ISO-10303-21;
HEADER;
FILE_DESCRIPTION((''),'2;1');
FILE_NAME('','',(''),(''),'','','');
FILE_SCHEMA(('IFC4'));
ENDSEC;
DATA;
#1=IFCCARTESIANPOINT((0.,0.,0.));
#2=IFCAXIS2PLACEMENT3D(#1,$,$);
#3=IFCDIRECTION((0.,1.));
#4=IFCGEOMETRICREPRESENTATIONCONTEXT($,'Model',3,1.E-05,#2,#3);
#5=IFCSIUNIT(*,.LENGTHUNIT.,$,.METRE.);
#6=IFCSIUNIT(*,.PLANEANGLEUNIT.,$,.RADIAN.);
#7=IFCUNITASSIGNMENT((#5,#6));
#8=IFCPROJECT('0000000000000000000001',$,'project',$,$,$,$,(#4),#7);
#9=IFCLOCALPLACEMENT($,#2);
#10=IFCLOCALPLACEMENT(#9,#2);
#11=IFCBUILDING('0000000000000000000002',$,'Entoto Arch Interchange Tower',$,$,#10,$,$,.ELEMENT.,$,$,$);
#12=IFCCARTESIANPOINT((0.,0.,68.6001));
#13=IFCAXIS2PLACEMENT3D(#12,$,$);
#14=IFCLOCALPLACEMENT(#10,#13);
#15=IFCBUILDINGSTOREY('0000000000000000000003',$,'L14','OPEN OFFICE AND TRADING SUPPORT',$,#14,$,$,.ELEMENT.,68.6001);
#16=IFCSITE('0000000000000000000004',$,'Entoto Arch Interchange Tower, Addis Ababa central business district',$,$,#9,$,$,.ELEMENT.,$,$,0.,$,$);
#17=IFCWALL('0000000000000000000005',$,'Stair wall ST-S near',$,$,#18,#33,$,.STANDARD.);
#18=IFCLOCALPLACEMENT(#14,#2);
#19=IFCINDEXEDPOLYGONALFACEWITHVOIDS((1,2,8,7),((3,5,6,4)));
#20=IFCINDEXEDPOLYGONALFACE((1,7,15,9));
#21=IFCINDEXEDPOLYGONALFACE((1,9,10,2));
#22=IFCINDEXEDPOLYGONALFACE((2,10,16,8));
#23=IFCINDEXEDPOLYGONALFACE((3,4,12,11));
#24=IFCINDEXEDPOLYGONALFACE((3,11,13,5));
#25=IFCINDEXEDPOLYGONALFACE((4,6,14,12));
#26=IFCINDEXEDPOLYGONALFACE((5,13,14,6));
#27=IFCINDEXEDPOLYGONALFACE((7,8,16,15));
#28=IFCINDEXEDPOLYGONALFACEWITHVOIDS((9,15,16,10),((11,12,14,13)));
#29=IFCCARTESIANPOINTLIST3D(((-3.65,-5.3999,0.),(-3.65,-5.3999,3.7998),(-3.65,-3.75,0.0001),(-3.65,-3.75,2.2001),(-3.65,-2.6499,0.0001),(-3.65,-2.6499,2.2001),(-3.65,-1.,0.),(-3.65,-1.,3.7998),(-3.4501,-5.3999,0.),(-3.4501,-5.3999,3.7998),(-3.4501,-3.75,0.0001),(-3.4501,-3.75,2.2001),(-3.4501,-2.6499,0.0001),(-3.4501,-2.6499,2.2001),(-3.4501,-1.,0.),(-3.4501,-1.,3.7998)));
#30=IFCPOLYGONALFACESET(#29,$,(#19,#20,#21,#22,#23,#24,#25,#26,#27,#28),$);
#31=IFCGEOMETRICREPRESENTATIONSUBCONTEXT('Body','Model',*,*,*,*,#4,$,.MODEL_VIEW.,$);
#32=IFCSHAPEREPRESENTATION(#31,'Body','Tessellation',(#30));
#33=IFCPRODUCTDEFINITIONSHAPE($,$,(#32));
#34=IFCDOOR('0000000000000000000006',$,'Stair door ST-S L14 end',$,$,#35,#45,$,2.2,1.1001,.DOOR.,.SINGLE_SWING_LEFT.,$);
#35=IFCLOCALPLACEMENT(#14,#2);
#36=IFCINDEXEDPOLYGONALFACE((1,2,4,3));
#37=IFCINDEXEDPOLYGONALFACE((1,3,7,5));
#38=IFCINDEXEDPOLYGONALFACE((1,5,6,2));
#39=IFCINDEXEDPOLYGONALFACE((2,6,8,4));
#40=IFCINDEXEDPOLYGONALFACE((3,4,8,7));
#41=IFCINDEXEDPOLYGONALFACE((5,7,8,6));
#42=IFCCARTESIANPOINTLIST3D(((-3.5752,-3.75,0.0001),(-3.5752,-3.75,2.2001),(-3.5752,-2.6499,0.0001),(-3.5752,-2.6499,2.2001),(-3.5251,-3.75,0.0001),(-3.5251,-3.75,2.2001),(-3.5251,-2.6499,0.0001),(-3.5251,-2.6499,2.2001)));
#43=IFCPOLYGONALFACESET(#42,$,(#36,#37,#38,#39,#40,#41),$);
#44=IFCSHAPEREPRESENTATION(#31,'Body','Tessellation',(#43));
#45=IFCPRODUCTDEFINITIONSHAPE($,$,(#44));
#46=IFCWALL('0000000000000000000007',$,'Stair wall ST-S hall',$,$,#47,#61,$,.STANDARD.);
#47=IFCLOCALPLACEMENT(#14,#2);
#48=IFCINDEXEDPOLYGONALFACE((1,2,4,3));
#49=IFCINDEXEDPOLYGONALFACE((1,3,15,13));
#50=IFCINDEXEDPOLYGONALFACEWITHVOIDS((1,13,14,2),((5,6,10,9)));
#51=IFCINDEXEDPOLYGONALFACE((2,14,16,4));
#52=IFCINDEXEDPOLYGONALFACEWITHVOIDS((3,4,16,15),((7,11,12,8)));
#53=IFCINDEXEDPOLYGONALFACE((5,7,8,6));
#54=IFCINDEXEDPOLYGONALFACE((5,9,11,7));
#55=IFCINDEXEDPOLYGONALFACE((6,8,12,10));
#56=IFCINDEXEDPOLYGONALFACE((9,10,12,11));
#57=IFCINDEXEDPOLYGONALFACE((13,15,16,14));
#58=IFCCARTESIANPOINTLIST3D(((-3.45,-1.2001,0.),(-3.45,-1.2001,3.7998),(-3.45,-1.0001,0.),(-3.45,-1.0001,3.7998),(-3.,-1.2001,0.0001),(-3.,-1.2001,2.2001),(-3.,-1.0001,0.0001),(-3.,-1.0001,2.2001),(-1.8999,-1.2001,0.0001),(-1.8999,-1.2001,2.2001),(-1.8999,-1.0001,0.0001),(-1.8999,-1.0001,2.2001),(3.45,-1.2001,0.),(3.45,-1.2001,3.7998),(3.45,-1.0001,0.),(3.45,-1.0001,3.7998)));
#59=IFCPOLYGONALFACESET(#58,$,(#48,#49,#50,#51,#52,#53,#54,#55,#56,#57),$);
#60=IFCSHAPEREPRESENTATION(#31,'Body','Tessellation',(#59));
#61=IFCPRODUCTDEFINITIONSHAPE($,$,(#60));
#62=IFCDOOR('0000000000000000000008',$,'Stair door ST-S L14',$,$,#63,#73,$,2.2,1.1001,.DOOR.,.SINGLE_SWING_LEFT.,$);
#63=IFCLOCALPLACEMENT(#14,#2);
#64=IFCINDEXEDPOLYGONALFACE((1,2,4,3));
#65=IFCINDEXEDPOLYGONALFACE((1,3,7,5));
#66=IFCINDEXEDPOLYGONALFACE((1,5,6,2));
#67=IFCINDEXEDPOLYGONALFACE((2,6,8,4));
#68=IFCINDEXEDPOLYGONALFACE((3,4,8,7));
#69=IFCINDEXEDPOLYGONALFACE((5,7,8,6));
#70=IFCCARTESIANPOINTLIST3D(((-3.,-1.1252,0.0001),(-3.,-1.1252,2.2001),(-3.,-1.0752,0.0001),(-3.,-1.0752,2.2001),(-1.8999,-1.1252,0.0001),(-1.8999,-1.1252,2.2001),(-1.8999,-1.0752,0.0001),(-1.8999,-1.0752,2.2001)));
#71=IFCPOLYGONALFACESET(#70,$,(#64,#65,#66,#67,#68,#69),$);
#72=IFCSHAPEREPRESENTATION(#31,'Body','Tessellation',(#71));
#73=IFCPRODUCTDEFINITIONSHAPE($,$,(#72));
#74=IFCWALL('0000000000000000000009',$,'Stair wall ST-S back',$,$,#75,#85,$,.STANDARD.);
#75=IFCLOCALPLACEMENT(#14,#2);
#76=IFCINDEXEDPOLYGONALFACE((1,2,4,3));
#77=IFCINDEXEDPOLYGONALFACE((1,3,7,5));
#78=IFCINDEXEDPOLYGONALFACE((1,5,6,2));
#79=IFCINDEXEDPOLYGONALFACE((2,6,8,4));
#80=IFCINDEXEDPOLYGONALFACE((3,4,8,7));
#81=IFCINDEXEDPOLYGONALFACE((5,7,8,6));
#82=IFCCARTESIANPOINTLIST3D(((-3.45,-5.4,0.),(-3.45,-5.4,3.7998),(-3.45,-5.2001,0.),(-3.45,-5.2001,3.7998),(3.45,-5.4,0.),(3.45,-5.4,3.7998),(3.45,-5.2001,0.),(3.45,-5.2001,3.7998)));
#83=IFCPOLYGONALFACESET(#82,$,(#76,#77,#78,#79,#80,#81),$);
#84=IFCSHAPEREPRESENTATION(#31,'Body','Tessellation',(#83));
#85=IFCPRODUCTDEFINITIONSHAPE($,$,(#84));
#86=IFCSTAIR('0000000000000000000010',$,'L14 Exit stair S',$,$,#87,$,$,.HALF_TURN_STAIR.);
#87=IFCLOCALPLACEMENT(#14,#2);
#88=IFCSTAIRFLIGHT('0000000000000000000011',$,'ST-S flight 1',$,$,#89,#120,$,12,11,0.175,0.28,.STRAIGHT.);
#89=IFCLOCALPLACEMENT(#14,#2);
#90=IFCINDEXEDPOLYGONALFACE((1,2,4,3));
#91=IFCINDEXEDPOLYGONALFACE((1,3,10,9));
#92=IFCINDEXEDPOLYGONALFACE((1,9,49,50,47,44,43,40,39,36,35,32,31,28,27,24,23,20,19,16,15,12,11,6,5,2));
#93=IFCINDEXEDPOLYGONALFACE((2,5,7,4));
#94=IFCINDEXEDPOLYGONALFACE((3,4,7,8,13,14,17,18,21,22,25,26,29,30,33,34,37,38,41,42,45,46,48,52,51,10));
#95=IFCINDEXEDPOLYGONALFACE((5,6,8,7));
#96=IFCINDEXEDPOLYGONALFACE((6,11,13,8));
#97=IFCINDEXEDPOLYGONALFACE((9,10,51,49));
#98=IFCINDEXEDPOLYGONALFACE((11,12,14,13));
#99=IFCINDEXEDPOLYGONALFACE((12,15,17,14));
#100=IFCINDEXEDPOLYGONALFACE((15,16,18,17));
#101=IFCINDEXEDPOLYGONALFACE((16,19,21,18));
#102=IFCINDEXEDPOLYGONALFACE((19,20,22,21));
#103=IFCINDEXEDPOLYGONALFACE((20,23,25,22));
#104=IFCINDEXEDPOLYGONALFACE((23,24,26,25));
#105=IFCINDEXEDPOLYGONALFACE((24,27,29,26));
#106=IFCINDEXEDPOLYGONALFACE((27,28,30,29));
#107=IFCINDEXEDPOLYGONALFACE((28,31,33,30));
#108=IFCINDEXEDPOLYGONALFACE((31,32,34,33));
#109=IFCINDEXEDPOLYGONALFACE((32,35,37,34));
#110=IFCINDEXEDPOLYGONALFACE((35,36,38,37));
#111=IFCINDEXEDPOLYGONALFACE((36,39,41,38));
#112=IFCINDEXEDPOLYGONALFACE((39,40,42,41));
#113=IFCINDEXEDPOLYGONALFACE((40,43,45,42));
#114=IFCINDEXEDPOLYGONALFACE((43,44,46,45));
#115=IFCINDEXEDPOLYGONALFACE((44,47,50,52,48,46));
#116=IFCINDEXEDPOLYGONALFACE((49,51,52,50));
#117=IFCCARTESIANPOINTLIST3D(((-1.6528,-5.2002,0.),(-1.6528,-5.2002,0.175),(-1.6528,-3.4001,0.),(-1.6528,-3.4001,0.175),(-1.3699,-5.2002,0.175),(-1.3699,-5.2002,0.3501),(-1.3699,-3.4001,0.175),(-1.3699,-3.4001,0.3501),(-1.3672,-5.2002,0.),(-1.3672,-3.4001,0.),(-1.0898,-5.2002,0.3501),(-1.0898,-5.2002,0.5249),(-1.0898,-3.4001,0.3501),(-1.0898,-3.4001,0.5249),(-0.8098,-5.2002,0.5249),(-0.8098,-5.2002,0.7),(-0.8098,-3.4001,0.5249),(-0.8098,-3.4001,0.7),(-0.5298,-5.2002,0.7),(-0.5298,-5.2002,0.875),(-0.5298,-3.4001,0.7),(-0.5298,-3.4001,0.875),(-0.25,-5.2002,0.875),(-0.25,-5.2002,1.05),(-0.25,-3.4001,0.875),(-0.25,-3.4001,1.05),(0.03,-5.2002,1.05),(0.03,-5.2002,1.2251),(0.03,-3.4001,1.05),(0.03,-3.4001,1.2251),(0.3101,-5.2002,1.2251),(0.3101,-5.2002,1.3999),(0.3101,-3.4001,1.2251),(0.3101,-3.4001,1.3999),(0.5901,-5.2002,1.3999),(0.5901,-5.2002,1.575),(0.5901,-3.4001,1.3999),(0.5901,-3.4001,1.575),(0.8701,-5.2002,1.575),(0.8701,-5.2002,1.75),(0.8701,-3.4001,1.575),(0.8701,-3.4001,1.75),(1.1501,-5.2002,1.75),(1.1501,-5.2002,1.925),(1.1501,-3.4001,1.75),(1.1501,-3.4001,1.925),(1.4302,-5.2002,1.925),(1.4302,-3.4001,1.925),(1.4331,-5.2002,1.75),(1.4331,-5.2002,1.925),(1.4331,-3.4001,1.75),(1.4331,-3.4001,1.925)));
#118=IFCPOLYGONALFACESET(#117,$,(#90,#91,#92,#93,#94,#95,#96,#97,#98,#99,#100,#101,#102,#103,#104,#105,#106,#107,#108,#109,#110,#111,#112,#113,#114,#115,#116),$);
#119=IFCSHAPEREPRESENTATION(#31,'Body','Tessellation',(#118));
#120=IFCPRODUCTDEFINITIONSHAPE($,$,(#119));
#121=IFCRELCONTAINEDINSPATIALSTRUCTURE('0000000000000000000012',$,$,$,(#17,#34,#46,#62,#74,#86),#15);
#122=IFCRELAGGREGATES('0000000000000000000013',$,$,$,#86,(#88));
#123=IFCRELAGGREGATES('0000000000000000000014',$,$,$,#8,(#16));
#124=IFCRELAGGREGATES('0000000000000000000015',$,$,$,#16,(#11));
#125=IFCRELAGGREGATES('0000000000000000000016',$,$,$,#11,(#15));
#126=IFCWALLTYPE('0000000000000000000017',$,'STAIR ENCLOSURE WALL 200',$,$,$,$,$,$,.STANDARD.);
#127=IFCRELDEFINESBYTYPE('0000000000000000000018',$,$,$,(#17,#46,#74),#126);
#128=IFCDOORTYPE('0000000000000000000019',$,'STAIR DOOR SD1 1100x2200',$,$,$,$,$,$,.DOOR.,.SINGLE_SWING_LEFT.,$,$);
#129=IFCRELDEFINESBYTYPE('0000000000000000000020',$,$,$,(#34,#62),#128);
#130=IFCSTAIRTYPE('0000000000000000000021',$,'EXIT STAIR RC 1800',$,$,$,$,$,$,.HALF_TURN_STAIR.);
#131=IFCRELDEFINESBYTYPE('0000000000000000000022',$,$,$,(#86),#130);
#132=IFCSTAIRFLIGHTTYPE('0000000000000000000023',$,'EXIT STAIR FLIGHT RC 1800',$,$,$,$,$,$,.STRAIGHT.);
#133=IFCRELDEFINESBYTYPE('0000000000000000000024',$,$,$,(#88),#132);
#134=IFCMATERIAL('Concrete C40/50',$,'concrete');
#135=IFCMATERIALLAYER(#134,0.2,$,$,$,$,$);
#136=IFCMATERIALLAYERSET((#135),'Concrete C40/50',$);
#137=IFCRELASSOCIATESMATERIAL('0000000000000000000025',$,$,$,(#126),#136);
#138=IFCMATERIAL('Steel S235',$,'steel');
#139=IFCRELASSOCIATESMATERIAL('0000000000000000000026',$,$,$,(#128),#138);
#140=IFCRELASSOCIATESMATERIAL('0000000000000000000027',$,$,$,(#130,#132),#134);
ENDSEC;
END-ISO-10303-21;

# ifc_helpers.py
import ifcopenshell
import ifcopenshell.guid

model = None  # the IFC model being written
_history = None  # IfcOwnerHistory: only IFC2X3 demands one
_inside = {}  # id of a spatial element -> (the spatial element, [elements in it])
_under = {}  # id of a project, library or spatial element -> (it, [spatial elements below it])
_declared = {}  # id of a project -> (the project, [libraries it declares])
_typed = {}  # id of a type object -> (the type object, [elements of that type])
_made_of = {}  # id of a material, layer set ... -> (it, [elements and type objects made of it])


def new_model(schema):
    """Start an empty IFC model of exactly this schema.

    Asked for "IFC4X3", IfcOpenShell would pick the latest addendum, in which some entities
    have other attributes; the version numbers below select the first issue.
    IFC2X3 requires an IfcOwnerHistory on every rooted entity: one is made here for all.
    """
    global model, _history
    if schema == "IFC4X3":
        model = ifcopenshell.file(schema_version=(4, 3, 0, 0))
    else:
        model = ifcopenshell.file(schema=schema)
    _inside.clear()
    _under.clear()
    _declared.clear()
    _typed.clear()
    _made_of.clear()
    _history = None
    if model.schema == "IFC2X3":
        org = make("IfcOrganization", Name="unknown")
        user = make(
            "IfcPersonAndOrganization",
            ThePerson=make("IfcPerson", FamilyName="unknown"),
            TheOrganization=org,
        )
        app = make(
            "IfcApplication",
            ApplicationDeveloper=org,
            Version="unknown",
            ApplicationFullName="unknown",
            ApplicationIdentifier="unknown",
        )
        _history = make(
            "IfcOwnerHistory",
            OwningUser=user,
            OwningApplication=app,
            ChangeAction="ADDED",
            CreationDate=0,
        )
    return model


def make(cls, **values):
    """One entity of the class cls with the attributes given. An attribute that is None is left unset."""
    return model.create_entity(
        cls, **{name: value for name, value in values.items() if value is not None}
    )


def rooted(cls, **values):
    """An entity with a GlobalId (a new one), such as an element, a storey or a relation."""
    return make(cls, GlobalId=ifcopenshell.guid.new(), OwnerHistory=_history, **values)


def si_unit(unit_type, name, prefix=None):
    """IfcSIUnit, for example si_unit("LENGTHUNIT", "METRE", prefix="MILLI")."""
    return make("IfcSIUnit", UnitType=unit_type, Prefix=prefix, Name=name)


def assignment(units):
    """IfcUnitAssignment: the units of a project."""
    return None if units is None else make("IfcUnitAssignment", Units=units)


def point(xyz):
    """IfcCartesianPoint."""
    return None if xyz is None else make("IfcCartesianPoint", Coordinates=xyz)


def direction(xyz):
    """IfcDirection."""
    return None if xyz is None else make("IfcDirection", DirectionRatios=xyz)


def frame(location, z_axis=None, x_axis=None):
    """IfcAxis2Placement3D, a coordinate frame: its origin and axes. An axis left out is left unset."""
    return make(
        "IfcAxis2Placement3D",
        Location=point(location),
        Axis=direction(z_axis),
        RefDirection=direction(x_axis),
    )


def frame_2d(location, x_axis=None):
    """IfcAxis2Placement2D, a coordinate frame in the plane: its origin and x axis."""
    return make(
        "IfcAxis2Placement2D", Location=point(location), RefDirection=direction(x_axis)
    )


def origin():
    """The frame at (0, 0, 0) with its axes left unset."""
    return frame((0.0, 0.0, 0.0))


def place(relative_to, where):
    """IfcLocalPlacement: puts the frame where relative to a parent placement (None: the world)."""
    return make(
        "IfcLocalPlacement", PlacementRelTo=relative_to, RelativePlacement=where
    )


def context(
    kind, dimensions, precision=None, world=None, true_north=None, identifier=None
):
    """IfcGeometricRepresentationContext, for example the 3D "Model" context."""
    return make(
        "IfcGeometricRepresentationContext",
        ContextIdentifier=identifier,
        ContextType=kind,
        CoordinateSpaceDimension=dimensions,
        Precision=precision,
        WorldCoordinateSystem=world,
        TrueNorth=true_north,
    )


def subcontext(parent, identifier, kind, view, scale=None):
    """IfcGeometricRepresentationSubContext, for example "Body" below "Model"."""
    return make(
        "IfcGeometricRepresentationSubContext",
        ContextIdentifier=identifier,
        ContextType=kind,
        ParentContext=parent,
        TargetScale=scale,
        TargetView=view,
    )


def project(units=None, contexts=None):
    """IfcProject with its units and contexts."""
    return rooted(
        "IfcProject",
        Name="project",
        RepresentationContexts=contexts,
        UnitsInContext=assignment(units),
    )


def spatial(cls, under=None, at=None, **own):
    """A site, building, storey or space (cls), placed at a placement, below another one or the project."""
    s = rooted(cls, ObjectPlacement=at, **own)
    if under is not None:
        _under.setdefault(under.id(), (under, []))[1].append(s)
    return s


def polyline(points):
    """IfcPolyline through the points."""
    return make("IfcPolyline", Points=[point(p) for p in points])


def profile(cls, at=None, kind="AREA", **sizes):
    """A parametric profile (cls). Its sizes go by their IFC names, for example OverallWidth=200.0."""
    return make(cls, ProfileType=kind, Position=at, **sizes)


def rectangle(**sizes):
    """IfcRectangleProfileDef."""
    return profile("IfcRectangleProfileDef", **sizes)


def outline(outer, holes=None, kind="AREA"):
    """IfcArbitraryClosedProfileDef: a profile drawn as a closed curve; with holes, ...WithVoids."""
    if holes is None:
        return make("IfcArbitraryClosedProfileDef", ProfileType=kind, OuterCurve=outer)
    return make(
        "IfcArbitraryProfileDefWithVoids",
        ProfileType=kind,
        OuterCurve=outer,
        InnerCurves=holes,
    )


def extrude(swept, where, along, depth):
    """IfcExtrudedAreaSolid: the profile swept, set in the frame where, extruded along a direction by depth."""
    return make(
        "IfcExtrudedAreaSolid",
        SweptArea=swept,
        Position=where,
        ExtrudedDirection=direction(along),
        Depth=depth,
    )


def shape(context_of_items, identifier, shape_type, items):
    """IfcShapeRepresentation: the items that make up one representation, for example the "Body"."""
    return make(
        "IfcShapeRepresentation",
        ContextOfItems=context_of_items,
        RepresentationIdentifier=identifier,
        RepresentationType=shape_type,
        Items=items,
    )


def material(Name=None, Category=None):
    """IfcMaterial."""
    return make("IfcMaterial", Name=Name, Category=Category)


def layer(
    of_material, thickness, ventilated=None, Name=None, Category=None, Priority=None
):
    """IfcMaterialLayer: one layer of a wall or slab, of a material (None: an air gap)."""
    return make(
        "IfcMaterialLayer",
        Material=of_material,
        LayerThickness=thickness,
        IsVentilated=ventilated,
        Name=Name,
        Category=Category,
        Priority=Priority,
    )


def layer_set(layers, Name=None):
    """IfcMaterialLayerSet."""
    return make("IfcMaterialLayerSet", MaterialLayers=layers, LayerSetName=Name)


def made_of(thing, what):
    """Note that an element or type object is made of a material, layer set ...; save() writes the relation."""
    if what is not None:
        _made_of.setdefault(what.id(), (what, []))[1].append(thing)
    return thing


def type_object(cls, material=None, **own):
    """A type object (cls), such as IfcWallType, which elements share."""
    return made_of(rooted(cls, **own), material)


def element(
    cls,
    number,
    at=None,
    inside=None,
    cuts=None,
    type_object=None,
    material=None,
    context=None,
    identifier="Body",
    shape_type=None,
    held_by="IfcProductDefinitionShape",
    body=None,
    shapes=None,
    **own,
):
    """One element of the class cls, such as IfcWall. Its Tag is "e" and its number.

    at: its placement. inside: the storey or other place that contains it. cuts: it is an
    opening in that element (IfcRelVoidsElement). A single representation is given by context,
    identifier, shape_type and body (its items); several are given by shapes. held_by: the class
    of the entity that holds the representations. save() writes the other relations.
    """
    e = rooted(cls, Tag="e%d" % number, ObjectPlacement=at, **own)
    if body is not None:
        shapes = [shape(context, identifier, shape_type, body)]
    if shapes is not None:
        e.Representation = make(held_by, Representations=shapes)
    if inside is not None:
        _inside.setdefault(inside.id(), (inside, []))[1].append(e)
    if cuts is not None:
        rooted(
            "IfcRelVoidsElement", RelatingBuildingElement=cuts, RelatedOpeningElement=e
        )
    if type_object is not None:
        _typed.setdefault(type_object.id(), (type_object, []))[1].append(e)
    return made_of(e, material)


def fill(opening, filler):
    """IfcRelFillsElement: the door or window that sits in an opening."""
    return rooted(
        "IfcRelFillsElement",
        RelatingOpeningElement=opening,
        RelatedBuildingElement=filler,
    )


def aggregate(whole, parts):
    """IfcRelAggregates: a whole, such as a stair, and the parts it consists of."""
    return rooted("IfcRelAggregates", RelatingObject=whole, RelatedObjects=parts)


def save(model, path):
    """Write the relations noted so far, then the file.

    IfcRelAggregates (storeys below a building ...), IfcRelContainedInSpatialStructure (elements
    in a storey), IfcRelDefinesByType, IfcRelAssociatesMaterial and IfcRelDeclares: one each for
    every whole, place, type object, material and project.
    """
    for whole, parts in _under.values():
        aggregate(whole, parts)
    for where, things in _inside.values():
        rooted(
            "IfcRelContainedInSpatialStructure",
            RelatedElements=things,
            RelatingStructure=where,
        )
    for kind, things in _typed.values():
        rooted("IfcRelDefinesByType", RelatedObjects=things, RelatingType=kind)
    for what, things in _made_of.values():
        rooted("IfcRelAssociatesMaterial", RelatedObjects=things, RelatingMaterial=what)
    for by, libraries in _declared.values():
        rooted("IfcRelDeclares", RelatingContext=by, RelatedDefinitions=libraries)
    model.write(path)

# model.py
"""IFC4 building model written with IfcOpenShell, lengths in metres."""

from ifc_helpers import new_model, si_unit, direction, frame, frame_2d, origin, place, context, subcontext, project, spatial, polyline, rectangle, outline, extrude, material, layer, layer_set, type_object, element, fill, aggregate, save


model = new_model("IFC4")

# Units and contexts
model_context = context("Model", 3, precision=1e-05, world=origin(), true_north=direction((0.0, 1.0)))
body_context = subcontext(model_context, "Body", "Model", "MODEL_VIEW")
ifc_project = project(units=[si_unit("LENGTHUNIT", "METRE"), si_unit("PLANEANGLEUNIT", "RADIAN")], contexts=[model_context])

# Site, building, storey
site_placement = place(None, origin())
site = spatial("IfcSite", under=ifc_project, at=site_placement, Name="Entoto Arch Interchange Tower, Addis Ababa central business district", CompositionType="ELEMENT", RefElevation=0.0)
building_placement = place(site_placement, origin())
building = spatial("IfcBuilding", under=site, at=building_placement, Name="Entoto Arch Interchange Tower", CompositionType="ELEMENT")
storey_placement = place(building_placement, frame((0.0, 0.0, 68.6001)))
storey = spatial("IfcBuildingStorey", under=building, at=storey_placement, Name="L14", Description="OPEN OFFICE AND TRADING SUPPORT", CompositionType="ELEMENT", Elevation=68.6001)

# Shared definitions
ifc_material_1 = material(Name="Concrete C40/50", Category="concrete")

# Walls, openings, doors
ifc_layer_1 = layer(ifc_material_1, 0.2)
ifc_layer_set_1 = layer_set([ifc_layer_1], Name="Concrete C40/50")
wall_type_1 = type_object("IfcWallType", Name="STAIR ENCLOSURE WALL 200", PredefinedType="STANDARD", material=ifc_layer_set_1)
wall_1_placement = place(storey_placement, frame((-3.55, -1.0, 0.0), z_axis=(0.0, 0.0, 1.0), x_axis=(0.0, -1.0, 0.0)))
wall_1 = element("IfcWall", 1, at=wall_1_placement, inside=storey, type_object=wall_type_1, Name="Stair wall ST-S near", PredefinedType="STANDARD", context=body_context, shape_type="SweptSolid", body=[
    extrude(rectangle(XDim=4.3999, YDim=0.2, at=frame_2d((2.2, 0.0))), origin(), (0.0, 0.0, 1.0), 3.7998),
])
opening_1_placement = place(wall_1_placement, frame((1.6499, 0.0, 0.0)))
opening_1 = element("IfcOpeningElement", 2, at=opening_1_placement, cuts=wall_1, PredefinedType="OPENING", context=body_context, shape_type="SweptSolid", body=[
    extrude(rectangle(XDim=1.1001, YDim=2.2, at=frame_2d((0.55, 1.1001))), frame((0.0, 0.1099, 0.0), z_axis=(0.0, -1.0, 0.0), x_axis=(1.0, 0.0, 0.0)), (0.0, 0.0, 1.0), 0.22),
])
ifc_material_2 = material(Name="Steel S235", Category="steel")
door_type_1 = type_object("IfcDoorType", Name="STAIR DOOR SD1 1100x2200", OperationType="SINGLE_SWING_LEFT", PredefinedType="DOOR", material=ifc_material_2)
door_1_placement = place(opening_1_placement, origin())
door_1 = element("IfcDoor", 3, at=door_1_placement, inside=storey, type_object=door_type_1, Name="Stair door ST-S L14 end", OperationType="SINGLE_SWING_LEFT", OverallHeight=2.2, OverallWidth=1.1001, PredefinedType="DOOR", context=body_context, shape_type="SweptSolid", body=[
    extrude(rectangle(XDim=1.1001, YDim=2.2, at=frame_2d((0.55, 1.1001))), frame((0.0, 0.0249, 0.0), z_axis=(0.0, -1.0, 0.0), x_axis=(1.0, 0.0, 0.0)), (0.0, 0.0, 1.0), 0.05),
])
fill(opening_1, door_1)
wall_2_placement = place(storey_placement, frame((-3.45, -1.1001, 0.0), z_axis=(0.0, 0.0, 1.0), x_axis=(1.0, 0.0, 0.0)))
wall_2 = element("IfcWall", 4, at=wall_2_placement, inside=storey, type_object=wall_type_1, Name="Stair wall ST-S hall", PredefinedType="STANDARD", context=body_context, shape_type="SweptSolid", body=[
    extrude(rectangle(XDim=6.8999, YDim=0.2, at=frame_2d((3.45, 0.0))), origin(), (0.0, 0.0, 1.0), 3.7998),
])
opening_2_placement = place(wall_2_placement, frame((0.45, 0.0, 0.0)))
opening_2 = element("IfcOpeningElement", 5, at=opening_2_placement, cuts=wall_2, PredefinedType="OPENING", context=body_context, shape_type="SweptSolid", body=[
    extrude(rectangle(XDim=1.1001, YDim=2.2, at=frame_2d((0.55, 1.1001))), frame((0.0, 0.1099, 0.0), z_axis=(0.0, -1.0, 0.0), x_axis=(1.0, 0.0, 0.0)), (0.0, 0.0, 1.0), 0.22),
])
door_2_placement = place(opening_2_placement, origin())
door_2 = element("IfcDoor", 6, at=door_2_placement, inside=storey, type_object=door_type_1, Name="Stair door ST-S L14", OperationType="SINGLE_SWING_LEFT", OverallHeight=2.2, OverallWidth=1.1001, PredefinedType="DOOR", context=body_context, shape_type="SweptSolid", body=[
    extrude(rectangle(XDim=1.1001, YDim=2.2, at=frame_2d((0.55, 1.1001))), frame((0.0, 0.0249, 0.0), z_axis=(0.0, -1.0, 0.0), x_axis=(1.0, 0.0, 0.0)), (0.0, 0.0, 1.0), 0.05),
])
fill(opening_2, door_2)

# Wall
wall_3_placement = place(storey_placement, frame((-3.45, -5.3, 0.0), z_axis=(0.0, 0.0, 1.0), x_axis=(1.0, 0.0, 0.0)))
element("IfcWall", 7, at=wall_3_placement, inside=storey, type_object=wall_type_1, Name="Stair wall ST-S back", PredefinedType="STANDARD", context=body_context, shape_type="SweptSolid", body=[
    extrude(rectangle(XDim=6.8999, YDim=0.2, at=frame_2d((3.45, 0.0))), origin(), (0.0, 0.0, 1.0), 3.7998),
])

# Stair, stair flight
stair_type = type_object("IfcStairType", Name="EXIT STAIR RC 1800", PredefinedType="HALF_TURN_STAIR", material=ifc_material_1)
stair_placement = place(storey_placement, origin())
stair = element("IfcStair", 8, at=stair_placement, inside=storey, type_object=stair_type, Name="L14 Exit stair S", PredefinedType="HALF_TURN_STAIR")
stair_flight_type = type_object("IfcStairFlightType", Name="EXIT STAIR FLIGHT RC 1800", PredefinedType="STRAIGHT", material=ifc_material_1)
stair_flight_placement = place(storey_placement, frame((-1.6499, -4.3, 0.0), z_axis=(0.0, 0.0, 1.0), x_axis=(1.0, 0.0, 0.0)))
stair_flight = element("IfcStairFlight", 9, at=stair_flight_placement, type_object=stair_flight_type, Name="ST-S flight 1", NumberOfRisers=12, NumberOfTreads=11, PredefinedType="STRAIGHT", RiserHeight=0.175, TreadLength=0.28, context=body_context, shape_type="SweptSolid", body=[
    extrude(outline(polyline([(-0.0029, 0.0), (-0.0029, 0.175), (0.28, 0.175), (0.28, 0.3501), (0.5601, 0.3501), (0.5601, 0.5249), (0.8401, 0.5249), (0.8401, 0.7), (1.1201, 0.7), (1.1201, 0.875), (1.3999, 0.875), (1.3999, 1.05), (1.6799, 1.05), (1.6799, 1.2251), (1.96, 1.2251), (1.96, 1.3999), (2.24, 1.3999), (2.24, 1.575), (2.52, 1.575), (2.52, 1.75), (2.8, 1.75), (2.8, 1.925), (3.0801, 1.925), (3.083, 1.925), (3.083, 1.75), (0.2827, 0.0), (-0.0029, 0.0)])), frame((0.0, 0.8999, 0.0), z_axis=(0.0, -1.0, 0.0), x_axis=(1.0, 0.0, 0.0)), (0.0, 0.0, 1.0), 1.8),
])
aggregate(stair, [stair_flight])

save(model, "model.ifc")
